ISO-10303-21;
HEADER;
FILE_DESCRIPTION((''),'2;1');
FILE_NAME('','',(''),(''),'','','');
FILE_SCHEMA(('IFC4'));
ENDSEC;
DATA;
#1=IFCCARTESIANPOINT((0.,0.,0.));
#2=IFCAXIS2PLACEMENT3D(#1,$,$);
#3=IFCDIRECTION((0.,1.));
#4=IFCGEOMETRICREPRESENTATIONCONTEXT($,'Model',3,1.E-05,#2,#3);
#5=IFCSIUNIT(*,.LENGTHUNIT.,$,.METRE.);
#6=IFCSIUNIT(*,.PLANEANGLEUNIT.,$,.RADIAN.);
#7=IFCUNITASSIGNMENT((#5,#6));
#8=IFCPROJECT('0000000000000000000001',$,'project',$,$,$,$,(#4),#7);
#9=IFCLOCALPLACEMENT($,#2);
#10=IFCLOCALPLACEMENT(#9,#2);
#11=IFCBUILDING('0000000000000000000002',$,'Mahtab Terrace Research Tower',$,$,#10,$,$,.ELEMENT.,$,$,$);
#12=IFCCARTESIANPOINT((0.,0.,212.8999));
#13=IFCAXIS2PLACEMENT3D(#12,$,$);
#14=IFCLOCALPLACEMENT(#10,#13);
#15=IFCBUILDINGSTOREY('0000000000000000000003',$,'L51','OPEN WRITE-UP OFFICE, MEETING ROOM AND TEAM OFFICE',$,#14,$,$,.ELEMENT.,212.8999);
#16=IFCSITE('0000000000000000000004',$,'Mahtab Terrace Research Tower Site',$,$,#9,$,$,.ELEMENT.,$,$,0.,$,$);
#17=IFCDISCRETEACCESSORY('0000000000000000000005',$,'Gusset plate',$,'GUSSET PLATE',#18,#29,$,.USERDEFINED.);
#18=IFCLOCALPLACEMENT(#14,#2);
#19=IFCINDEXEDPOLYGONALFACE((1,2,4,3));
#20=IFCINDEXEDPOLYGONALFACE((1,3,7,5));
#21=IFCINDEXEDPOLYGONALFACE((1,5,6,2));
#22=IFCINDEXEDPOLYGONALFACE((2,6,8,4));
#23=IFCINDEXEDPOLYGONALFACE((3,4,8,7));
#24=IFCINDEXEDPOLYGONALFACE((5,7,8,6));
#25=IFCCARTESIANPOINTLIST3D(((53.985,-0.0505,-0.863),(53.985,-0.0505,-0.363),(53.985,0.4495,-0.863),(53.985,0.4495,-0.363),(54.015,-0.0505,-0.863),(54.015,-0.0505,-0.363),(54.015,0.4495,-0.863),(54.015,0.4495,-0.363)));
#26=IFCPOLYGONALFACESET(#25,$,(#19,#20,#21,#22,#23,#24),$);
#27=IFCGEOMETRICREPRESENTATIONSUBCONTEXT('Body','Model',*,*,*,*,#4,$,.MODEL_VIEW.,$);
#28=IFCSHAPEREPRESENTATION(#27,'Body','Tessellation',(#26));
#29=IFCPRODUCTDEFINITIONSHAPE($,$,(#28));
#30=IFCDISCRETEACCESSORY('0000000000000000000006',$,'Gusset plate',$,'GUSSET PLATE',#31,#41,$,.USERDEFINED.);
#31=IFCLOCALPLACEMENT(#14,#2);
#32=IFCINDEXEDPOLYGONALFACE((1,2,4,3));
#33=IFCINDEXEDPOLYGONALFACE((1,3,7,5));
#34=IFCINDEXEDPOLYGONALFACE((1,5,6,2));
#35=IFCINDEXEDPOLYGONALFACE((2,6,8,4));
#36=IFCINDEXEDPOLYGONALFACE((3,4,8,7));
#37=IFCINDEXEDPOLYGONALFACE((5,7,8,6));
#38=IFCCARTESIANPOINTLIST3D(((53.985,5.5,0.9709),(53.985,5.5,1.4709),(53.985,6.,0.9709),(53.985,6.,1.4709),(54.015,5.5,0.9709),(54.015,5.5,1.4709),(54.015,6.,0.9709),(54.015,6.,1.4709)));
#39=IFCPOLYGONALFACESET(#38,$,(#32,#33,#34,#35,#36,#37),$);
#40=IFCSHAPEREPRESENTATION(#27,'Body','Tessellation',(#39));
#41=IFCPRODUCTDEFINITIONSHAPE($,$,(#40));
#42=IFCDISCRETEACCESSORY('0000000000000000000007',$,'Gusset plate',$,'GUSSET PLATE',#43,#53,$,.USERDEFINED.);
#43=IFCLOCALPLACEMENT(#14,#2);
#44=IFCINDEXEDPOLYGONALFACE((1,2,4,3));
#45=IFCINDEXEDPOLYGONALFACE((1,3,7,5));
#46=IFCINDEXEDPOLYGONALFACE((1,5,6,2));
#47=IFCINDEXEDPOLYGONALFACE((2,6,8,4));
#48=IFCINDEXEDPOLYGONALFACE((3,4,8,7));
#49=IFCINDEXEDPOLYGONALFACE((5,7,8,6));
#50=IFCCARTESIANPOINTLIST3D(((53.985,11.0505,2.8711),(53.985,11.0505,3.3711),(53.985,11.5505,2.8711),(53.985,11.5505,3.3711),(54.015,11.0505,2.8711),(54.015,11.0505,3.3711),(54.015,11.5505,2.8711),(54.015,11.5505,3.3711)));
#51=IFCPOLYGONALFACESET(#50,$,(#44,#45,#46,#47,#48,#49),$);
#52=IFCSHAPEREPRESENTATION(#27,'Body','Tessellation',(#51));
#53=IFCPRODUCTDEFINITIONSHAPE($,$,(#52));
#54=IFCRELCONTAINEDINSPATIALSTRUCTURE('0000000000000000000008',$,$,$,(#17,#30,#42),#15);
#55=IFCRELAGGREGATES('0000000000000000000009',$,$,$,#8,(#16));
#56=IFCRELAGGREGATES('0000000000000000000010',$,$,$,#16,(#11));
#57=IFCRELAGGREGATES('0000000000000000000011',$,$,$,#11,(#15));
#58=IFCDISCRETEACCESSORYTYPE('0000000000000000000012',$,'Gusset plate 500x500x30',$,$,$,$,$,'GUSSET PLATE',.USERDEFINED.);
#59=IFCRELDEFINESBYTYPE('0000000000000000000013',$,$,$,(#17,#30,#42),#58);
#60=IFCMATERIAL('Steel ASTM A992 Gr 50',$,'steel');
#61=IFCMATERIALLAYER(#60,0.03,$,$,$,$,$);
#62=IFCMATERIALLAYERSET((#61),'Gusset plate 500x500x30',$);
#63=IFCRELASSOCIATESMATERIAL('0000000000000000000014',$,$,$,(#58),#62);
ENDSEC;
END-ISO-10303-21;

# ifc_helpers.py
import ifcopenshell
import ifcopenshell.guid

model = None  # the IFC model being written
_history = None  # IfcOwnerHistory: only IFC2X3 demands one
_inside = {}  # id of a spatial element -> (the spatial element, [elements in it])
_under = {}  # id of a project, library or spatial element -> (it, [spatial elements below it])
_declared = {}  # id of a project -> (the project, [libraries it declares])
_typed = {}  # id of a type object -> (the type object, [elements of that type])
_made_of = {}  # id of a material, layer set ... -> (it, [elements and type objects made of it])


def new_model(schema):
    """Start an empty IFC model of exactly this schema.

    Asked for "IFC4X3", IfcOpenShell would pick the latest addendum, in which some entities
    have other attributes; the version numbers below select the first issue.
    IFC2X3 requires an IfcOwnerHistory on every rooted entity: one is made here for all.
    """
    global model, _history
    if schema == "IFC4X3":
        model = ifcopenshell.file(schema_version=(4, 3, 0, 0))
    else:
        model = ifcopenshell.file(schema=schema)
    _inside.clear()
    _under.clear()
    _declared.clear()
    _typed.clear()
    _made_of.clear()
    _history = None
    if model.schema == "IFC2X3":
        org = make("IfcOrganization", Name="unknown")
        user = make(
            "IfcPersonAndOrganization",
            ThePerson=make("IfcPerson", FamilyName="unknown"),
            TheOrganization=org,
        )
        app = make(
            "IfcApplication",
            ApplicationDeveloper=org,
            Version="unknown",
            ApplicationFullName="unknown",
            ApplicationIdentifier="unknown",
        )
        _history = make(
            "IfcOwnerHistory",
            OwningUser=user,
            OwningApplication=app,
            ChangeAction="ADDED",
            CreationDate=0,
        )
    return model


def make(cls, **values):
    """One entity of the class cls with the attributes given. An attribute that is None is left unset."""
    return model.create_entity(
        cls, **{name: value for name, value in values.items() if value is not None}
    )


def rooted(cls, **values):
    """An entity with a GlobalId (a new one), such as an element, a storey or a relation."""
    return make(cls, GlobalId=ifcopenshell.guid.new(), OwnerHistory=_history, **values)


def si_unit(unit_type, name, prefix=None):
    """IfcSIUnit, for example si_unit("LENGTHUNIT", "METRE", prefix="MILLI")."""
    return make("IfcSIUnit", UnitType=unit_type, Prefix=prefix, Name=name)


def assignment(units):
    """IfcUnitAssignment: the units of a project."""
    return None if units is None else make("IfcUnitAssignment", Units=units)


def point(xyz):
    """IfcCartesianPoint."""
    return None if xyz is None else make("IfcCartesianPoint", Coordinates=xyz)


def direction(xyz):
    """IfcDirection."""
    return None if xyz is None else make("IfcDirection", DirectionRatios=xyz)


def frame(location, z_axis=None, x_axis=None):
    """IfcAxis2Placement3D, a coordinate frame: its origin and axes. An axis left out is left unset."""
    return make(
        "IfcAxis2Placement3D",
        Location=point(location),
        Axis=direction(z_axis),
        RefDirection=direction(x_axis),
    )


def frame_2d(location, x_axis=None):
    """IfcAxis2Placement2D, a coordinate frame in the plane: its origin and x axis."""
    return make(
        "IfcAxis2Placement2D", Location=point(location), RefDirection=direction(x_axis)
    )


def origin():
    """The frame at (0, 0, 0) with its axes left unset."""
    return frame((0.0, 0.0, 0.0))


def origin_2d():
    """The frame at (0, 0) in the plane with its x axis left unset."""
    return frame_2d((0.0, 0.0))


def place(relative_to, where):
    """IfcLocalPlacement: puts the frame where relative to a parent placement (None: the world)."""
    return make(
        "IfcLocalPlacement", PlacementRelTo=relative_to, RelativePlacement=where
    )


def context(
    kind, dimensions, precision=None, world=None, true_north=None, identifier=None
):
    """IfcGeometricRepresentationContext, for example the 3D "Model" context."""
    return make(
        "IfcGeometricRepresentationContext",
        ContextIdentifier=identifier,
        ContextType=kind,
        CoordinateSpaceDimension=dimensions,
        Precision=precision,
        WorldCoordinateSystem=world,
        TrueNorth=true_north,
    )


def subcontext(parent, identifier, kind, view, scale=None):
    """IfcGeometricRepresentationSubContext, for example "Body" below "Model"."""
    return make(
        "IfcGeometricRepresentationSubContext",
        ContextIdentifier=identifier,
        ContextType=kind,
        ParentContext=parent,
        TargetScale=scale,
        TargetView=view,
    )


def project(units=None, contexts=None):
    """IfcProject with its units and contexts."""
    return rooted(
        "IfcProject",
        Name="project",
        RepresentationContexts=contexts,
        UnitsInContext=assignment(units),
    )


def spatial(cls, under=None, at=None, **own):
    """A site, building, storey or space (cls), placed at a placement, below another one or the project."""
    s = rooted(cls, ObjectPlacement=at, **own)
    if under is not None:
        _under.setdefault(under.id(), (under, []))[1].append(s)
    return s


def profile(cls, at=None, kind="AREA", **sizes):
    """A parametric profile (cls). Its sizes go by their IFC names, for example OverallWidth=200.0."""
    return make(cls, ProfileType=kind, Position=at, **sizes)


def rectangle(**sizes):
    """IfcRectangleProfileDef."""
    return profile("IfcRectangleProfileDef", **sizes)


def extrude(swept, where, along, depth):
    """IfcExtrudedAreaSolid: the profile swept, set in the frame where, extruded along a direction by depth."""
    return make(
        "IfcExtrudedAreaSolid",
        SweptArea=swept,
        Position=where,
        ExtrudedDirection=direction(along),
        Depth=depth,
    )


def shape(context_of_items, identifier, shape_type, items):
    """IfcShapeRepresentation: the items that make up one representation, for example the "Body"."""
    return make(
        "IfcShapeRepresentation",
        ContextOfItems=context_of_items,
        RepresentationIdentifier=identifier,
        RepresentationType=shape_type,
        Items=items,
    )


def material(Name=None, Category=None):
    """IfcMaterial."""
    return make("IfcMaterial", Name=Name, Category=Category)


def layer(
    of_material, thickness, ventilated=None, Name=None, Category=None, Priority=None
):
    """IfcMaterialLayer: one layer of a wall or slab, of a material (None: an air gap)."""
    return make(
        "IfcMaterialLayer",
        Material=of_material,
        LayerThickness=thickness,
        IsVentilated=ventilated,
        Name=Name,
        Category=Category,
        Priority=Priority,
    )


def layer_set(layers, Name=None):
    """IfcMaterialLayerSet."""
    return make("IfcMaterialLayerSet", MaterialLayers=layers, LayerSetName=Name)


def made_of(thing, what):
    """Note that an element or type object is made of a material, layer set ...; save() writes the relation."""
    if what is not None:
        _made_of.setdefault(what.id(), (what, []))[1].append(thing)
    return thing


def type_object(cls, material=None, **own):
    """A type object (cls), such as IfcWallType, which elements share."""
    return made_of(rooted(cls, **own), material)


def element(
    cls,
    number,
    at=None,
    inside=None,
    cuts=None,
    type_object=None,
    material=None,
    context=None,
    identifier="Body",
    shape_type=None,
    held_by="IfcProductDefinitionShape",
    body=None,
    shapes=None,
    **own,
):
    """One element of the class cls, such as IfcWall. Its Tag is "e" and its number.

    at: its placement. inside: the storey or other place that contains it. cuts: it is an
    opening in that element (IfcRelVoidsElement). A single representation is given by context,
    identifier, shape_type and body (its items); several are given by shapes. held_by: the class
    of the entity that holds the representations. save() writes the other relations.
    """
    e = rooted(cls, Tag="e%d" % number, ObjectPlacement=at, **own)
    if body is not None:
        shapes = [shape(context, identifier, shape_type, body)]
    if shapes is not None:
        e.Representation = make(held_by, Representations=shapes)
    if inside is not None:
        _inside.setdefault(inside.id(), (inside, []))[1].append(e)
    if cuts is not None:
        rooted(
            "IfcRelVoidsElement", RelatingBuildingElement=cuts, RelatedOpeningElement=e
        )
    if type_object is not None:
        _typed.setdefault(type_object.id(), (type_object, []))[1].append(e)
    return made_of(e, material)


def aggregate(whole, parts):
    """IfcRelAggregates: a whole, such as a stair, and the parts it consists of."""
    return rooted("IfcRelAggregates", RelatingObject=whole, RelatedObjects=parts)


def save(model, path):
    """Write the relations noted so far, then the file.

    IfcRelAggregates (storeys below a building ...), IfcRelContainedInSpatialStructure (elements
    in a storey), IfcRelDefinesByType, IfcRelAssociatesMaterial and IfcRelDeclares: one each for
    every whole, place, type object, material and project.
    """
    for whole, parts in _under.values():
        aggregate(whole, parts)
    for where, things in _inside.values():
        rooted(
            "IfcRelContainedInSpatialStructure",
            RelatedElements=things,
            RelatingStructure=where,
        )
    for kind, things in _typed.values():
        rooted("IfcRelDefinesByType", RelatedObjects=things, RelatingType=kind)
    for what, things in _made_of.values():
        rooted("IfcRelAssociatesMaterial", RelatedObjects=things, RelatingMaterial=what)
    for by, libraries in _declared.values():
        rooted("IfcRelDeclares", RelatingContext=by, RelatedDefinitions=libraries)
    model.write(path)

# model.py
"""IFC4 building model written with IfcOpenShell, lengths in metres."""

from ifc_helpers import new_model, si_unit, direction, frame, origin, origin_2d, place, context, subcontext, project, spatial, rectangle, extrude, material, layer, layer_set, type_object, element, save


model = new_model("IFC4")

# Units and contexts
model_context = context("Model", 3, precision=1e-05, world=origin(), true_north=direction((0.0, 1.0)))
body_context = subcontext(model_context, "Body", "Model", "MODEL_VIEW")
ifc_project = project(units=[si_unit("LENGTHUNIT", "METRE"), si_unit("PLANEANGLEUNIT", "RADIAN")], contexts=[model_context])

# Site, building, storey
site_placement = place(None, origin())
site = spatial("IfcSite", under=ifc_project, at=site_placement, Name="Mahtab Terrace Research Tower Site", CompositionType="ELEMENT", RefElevation=0.0)
building_placement = place(site_placement, origin())
building = spatial("IfcBuilding", under=site, at=building_placement, Name="Mahtab Terrace Research Tower", CompositionType="ELEMENT")
storey_placement = place(building_placement, frame((0.0, 0.0, 212.8999)))
storey = spatial("IfcBuildingStorey", under=building, at=storey_placement, Name="L51", Description="OPEN WRITE-UP OFFICE, MEETING ROOM AND TEAM OFFICE", CompositionType="ELEMENT", Elevation=212.8999)

# Shared definitions
ifc_material_1 = material(Name="Steel ASTM A992 Gr 50", Category="steel")

# Discrete accessories
ifc_layer_1 = layer(ifc_material_1, 0.03)
ifc_layer_set_1 = layer_set([ifc_layer_1], Name="Gusset plate 500x500x30")
discrete_accessory_type = type_object("IfcDiscreteAccessoryType", Name="Gusset plate 500x500x30", ElementType="GUSSET PLATE", PredefinedType="USERDEFINED", material=ifc_layer_set_1)
for number, where, z_axis, x_axis, name in (
    (1, (54.0, 0.1995, -0.863), (0.0, 0.0, 1.0), (0.0, 1.0, 0.0), "Gusset plate"),
    (2, (54.0, 5.75, 0.9709), (0.0, 0.0, 1.0), (0.0, 1.0, 0.0), "Gusset plate"),
    (3, (54.0, 11.3005, 2.8711), (0.0, 0.0, 1.0), (0.0, 1.0, 0.0), "Gusset plate"),
):
    element("IfcDiscreteAccessory", number, at=place(storey_placement, frame(where, z_axis=z_axis, x_axis=x_axis)), inside=storey, type_object=discrete_accessory_type, Name=name, ObjectType="GUSSET PLATE", PredefinedType="USERDEFINED", context=body_context, shape_type="SweptSolid", body=[
        extrude(rectangle(XDim=0.5, YDim=0.03, at=origin_2d()), origin(), (0.0, 0.0, 1.0), 0.5),
    ])

save(model, "model.ifc")
